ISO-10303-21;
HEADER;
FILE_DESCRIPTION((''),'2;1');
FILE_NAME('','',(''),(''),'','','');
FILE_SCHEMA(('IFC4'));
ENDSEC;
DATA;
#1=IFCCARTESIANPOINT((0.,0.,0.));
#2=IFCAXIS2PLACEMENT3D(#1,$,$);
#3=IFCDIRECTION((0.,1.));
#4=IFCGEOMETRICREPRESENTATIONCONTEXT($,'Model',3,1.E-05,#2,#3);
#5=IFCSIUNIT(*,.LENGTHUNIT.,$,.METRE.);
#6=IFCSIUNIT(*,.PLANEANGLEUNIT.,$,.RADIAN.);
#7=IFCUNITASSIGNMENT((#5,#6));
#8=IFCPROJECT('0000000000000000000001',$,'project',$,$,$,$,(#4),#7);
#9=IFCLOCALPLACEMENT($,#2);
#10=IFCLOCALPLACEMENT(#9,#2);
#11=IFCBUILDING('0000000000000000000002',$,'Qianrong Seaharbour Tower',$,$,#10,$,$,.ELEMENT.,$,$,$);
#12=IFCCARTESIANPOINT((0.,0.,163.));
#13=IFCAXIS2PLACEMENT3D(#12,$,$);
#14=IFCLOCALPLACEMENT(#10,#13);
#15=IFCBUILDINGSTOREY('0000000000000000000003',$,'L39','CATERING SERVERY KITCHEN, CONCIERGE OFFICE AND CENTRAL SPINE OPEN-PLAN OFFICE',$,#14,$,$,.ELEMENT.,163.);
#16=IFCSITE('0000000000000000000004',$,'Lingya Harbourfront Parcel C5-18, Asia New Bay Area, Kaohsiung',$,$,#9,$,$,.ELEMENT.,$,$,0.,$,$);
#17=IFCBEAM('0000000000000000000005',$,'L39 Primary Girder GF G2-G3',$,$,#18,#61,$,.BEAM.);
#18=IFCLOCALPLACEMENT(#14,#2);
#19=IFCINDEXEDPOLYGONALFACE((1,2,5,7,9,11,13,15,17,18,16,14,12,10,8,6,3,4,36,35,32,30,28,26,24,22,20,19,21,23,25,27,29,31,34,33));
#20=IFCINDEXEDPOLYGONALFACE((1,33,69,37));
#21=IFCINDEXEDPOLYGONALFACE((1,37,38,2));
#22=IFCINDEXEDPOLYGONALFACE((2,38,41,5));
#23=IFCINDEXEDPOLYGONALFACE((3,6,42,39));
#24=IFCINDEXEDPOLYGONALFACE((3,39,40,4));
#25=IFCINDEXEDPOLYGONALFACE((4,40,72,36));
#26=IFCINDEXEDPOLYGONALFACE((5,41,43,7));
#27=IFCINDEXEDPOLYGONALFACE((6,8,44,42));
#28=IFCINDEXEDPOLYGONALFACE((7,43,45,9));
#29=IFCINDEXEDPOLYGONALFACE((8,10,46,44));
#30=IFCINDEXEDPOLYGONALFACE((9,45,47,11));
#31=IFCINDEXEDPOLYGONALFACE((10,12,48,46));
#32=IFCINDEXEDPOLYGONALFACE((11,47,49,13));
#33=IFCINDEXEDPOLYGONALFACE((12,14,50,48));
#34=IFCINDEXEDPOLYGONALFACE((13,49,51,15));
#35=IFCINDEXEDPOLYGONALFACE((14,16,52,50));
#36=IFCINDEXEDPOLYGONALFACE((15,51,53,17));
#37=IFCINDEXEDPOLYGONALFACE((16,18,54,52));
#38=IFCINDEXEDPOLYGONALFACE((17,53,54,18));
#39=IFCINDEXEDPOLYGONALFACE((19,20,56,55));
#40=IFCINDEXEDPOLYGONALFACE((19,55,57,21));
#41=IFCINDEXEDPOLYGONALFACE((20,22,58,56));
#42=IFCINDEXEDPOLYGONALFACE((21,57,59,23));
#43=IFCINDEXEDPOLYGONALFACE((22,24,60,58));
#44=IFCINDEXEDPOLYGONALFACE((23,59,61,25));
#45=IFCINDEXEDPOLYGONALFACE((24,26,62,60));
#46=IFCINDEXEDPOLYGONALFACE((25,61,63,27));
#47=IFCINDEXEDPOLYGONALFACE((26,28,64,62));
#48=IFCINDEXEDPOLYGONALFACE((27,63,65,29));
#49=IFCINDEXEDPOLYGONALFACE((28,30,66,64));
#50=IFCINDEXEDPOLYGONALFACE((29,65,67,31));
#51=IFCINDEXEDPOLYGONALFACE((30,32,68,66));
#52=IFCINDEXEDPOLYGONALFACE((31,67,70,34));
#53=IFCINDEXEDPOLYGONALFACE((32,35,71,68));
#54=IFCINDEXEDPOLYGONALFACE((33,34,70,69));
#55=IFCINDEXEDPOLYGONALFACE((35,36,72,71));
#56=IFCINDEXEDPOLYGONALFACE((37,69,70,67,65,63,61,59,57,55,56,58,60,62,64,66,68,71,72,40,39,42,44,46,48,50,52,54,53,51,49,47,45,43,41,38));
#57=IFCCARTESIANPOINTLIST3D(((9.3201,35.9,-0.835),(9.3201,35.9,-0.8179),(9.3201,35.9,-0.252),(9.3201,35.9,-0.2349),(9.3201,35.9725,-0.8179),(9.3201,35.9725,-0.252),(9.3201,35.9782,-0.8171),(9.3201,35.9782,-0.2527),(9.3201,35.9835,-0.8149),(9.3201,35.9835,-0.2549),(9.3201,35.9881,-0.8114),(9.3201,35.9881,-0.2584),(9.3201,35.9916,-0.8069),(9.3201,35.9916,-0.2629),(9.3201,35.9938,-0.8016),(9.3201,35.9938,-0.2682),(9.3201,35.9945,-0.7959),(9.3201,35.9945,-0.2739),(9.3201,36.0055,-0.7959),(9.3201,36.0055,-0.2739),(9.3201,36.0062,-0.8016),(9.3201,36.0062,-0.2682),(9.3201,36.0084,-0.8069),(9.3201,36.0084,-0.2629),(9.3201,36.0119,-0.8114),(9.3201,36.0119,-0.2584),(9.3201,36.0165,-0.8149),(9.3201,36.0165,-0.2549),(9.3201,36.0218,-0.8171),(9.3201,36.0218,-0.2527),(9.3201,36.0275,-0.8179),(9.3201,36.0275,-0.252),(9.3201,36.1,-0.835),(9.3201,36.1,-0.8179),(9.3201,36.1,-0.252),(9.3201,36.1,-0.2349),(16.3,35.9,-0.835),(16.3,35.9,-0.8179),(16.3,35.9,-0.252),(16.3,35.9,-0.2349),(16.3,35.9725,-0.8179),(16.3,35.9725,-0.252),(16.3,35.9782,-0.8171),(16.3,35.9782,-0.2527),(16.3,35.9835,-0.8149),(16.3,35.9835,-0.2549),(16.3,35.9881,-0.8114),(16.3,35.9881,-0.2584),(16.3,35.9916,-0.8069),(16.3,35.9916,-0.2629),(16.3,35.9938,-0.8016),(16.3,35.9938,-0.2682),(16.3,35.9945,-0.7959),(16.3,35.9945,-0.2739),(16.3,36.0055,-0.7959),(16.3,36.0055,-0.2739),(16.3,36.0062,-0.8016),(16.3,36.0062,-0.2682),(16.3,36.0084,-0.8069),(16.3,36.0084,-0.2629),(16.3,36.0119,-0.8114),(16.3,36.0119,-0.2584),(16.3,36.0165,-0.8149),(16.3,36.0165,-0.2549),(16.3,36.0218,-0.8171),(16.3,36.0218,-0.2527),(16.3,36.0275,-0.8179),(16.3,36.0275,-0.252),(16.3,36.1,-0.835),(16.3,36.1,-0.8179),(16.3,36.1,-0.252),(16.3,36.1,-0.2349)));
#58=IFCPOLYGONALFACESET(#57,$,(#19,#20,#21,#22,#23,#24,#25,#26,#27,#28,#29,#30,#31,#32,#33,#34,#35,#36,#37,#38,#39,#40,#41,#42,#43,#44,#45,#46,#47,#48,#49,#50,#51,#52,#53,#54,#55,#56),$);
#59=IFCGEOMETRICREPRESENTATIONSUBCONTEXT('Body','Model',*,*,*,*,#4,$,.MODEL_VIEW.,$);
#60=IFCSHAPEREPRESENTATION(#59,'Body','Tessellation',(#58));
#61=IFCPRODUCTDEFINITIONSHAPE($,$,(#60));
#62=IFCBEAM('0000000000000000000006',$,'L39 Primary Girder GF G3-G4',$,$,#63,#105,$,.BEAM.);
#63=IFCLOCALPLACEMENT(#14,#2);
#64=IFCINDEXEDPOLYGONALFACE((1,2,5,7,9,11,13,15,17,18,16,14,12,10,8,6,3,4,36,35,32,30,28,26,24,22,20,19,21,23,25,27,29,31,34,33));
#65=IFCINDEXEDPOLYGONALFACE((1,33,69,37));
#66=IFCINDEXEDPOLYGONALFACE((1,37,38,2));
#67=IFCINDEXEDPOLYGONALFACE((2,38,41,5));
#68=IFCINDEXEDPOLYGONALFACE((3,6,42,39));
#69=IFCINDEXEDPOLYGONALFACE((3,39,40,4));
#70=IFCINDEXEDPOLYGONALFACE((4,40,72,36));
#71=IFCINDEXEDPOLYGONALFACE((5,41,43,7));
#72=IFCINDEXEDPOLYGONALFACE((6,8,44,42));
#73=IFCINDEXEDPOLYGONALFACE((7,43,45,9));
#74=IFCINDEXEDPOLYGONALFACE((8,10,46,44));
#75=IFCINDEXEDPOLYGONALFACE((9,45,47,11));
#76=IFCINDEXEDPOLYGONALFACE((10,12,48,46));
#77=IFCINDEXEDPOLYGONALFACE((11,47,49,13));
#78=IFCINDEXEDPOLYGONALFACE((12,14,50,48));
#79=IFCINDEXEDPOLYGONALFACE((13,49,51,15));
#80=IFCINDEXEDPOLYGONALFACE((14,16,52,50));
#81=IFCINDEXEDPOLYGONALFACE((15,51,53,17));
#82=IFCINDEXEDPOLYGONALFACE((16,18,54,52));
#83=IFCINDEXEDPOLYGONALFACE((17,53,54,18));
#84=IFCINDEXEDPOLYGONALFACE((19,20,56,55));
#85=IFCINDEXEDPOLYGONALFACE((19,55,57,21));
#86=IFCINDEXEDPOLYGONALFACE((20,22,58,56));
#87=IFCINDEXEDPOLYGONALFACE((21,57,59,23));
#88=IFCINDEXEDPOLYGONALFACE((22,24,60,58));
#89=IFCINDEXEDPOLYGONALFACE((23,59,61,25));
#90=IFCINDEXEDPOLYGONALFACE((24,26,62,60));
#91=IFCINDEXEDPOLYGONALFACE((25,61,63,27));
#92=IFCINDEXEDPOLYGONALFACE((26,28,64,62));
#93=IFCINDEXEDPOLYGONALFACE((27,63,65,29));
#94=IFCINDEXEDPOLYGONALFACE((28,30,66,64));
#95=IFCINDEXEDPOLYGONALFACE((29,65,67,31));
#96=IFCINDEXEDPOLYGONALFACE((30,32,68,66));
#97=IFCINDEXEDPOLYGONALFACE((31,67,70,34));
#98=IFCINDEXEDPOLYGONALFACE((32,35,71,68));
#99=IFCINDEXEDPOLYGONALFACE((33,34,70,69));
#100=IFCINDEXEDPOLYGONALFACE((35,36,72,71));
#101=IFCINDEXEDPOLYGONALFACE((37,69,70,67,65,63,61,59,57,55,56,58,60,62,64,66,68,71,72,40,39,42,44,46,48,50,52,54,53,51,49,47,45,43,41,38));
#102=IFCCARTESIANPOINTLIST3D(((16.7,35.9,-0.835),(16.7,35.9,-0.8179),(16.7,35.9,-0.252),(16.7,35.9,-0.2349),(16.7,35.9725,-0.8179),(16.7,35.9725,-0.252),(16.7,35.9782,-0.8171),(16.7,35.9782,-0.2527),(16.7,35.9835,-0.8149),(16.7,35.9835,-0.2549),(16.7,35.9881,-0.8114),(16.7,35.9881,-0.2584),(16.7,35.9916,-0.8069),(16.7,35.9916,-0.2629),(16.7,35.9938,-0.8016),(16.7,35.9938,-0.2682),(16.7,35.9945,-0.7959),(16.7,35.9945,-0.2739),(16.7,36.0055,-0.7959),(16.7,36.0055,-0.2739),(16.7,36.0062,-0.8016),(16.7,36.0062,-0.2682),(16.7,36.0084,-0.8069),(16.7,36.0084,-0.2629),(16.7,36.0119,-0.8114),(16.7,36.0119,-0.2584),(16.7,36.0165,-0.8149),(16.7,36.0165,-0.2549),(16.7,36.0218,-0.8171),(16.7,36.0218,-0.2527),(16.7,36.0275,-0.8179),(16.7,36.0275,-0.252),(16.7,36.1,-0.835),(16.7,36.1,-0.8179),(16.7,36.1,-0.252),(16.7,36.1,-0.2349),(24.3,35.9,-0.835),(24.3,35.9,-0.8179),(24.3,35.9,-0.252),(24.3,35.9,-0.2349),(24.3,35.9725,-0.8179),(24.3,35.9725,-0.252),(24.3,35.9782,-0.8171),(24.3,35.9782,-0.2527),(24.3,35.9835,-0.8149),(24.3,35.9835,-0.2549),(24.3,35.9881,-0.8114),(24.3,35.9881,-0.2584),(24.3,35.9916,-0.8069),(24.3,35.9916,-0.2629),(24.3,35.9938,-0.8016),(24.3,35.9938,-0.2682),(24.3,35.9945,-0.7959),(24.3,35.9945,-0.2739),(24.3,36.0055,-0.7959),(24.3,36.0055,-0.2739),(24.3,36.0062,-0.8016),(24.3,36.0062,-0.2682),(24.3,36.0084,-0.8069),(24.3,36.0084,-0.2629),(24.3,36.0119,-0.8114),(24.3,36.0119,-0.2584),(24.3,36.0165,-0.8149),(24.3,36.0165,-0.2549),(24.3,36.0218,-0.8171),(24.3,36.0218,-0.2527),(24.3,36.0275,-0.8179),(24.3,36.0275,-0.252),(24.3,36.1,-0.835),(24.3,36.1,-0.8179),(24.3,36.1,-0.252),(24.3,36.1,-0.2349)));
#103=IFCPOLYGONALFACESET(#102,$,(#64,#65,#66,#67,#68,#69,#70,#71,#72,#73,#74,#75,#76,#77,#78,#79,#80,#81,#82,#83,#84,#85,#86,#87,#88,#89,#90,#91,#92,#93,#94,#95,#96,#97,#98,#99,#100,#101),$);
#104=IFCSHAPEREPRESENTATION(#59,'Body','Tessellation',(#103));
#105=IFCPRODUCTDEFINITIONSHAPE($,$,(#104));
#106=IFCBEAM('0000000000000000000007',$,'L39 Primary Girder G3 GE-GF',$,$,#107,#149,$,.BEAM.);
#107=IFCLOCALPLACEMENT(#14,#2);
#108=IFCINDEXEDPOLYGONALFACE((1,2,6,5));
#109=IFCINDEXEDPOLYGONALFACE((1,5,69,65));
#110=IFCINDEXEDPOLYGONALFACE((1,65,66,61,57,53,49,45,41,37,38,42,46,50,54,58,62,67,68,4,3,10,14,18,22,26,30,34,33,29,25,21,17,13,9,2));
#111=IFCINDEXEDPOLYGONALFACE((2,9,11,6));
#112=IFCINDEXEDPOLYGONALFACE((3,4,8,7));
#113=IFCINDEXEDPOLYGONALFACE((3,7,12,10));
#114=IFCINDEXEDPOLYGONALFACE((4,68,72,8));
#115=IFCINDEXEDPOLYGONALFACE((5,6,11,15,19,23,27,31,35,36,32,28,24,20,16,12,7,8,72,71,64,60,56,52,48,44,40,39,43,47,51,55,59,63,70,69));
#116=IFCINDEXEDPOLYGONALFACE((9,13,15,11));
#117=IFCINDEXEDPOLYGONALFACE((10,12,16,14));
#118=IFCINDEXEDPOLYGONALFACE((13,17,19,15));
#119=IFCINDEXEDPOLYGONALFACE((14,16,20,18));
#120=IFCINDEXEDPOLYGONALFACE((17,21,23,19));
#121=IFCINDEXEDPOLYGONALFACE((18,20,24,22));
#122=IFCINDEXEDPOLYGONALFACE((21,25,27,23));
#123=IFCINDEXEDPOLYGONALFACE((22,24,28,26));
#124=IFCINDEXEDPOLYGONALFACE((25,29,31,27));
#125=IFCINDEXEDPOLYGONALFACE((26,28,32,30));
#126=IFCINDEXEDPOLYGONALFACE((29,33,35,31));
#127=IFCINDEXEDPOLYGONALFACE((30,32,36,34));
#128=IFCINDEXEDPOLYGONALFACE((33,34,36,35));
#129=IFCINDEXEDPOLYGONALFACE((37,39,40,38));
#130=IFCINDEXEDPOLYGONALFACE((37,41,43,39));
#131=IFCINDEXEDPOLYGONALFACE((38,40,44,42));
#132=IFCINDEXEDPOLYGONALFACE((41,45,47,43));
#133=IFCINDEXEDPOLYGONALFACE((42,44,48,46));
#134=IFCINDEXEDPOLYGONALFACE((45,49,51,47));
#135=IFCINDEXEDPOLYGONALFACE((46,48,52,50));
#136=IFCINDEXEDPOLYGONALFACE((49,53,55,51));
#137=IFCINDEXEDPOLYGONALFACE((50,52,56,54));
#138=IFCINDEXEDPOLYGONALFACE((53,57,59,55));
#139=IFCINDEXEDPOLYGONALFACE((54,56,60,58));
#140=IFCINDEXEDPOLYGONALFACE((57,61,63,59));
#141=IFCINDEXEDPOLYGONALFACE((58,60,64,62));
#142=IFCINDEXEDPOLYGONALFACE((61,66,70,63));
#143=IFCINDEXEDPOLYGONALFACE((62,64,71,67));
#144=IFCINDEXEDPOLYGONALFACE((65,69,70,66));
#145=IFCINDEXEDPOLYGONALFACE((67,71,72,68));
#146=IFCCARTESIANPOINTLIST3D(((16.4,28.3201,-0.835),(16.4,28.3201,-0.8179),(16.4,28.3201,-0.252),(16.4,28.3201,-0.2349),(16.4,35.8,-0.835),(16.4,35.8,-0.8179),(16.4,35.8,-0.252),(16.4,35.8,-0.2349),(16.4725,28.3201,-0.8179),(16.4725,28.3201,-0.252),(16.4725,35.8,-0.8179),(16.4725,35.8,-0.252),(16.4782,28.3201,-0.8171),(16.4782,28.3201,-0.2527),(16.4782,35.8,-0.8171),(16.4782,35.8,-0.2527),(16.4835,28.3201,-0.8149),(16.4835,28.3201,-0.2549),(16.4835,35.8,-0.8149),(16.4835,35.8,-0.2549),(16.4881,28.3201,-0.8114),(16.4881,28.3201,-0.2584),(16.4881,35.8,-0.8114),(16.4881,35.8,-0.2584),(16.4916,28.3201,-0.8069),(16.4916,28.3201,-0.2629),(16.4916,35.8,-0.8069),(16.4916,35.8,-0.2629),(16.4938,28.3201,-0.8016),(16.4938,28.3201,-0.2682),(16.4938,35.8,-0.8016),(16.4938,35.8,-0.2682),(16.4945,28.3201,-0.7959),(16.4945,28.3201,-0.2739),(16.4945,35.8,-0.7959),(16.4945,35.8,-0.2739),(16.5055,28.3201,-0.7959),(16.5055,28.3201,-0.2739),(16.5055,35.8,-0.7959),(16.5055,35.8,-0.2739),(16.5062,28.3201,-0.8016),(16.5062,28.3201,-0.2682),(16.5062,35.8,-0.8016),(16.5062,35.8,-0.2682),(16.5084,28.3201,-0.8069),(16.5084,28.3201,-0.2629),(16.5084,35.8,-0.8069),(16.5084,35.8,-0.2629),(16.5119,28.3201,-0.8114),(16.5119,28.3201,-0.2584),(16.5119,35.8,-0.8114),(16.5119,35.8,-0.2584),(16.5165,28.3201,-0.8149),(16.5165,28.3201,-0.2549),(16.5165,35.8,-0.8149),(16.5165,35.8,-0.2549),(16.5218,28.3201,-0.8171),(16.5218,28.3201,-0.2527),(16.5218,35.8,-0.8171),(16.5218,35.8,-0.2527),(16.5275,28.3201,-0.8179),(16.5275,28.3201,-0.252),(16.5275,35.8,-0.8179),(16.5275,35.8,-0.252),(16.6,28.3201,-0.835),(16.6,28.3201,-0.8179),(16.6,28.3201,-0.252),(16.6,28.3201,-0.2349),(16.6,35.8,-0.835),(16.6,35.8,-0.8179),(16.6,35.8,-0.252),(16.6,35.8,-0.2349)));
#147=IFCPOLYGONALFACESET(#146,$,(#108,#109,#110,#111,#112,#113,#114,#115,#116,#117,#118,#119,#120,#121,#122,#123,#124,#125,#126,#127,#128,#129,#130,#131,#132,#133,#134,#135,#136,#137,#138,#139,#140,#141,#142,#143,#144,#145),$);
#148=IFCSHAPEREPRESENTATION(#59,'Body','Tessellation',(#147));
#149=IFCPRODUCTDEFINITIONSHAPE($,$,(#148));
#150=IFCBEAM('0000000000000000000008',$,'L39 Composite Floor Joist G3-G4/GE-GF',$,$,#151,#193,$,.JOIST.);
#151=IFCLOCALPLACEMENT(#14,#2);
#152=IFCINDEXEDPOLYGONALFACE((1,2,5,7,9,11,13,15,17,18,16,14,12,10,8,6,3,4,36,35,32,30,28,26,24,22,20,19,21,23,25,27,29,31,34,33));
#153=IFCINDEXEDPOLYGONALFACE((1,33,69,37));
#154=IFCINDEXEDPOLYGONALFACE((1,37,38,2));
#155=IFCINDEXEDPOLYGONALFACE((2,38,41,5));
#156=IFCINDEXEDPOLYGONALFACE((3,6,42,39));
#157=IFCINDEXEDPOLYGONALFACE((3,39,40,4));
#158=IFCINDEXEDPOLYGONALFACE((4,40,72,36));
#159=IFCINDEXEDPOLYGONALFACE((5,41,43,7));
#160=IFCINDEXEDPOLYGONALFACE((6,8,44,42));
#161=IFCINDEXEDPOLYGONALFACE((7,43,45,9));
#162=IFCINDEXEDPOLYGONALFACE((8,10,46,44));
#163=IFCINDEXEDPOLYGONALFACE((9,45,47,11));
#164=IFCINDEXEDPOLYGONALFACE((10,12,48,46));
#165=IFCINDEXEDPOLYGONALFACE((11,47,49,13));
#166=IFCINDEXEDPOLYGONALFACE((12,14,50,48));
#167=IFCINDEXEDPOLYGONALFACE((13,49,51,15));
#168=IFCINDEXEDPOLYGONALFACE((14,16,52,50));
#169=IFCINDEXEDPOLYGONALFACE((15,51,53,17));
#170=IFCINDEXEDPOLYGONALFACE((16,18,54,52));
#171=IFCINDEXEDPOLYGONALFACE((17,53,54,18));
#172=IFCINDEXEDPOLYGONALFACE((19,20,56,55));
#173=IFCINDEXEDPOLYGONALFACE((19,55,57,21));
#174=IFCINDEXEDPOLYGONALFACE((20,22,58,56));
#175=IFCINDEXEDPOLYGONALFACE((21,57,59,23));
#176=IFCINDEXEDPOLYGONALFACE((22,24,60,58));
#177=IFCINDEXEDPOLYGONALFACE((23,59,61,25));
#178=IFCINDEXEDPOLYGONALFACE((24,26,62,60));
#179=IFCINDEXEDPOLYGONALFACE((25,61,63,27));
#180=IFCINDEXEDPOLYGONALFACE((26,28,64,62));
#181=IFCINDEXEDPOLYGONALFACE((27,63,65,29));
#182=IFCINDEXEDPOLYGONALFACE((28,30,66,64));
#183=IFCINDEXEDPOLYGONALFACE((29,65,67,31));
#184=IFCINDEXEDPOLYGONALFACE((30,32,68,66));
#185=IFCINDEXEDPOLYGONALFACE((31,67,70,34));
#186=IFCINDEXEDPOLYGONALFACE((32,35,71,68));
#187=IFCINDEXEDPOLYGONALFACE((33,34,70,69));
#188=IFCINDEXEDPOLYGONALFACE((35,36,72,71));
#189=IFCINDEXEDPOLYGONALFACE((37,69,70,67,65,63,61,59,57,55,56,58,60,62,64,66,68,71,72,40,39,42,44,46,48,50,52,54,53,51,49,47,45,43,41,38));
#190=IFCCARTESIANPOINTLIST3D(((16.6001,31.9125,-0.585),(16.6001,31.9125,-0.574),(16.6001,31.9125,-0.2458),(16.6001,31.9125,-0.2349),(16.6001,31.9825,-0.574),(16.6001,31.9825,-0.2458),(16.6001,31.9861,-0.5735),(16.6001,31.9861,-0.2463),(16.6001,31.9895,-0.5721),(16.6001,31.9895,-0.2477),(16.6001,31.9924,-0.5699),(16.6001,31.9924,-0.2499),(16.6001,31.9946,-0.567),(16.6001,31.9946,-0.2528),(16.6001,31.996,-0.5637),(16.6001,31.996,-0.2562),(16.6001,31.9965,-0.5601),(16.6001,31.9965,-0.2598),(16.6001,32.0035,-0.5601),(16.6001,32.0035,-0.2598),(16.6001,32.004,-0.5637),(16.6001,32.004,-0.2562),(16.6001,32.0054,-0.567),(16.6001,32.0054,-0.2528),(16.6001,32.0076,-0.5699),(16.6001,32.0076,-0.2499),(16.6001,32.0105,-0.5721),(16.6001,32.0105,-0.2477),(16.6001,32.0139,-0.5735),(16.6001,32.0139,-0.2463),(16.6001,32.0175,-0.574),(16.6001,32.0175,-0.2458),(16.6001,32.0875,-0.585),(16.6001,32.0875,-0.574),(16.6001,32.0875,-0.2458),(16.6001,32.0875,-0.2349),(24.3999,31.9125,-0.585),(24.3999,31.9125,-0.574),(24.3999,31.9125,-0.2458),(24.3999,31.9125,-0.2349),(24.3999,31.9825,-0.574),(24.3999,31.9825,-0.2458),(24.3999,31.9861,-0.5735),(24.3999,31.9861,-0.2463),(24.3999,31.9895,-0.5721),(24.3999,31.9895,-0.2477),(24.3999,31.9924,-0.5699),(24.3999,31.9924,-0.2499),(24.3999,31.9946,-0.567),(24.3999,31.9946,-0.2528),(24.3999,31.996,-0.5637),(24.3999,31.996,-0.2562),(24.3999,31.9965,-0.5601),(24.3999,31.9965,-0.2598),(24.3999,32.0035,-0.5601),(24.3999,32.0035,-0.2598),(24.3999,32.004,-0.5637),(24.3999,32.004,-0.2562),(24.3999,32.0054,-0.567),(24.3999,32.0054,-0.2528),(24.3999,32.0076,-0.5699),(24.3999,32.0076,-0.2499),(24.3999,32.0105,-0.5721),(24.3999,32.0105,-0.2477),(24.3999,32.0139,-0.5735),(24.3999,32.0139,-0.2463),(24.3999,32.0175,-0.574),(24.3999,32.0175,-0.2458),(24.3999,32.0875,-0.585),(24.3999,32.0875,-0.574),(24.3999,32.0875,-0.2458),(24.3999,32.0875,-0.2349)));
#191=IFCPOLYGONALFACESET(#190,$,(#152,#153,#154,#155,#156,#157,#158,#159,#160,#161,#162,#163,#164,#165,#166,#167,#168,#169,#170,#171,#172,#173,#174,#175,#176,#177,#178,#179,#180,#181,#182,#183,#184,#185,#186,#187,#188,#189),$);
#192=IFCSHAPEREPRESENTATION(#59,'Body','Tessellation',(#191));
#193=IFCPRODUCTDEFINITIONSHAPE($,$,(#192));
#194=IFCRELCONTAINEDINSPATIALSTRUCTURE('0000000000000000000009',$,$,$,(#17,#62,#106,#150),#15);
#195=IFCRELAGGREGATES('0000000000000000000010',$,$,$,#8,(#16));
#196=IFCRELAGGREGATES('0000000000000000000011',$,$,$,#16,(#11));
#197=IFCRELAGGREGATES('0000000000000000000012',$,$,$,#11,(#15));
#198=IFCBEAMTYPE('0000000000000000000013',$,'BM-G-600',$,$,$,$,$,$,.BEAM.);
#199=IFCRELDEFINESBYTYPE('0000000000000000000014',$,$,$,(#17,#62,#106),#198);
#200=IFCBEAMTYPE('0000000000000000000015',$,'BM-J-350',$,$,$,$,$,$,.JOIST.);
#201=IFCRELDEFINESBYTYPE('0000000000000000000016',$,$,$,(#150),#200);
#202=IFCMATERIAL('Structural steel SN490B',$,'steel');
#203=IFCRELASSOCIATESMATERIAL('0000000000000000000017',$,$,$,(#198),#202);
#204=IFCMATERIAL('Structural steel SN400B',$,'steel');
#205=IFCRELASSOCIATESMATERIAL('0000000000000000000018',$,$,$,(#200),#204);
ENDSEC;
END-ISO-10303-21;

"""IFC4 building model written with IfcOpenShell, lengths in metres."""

from ifc_helpers import new_model, si_unit, direction, frame, origin, origin_2d, place, context, subcontext, project, spatial, i_section, extrude, material, material_profile, profile_set, type_object, element, save


model = new_model("IFC4")

# Units and contexts
model_context = context("Model", 3, precision=1e-05, world=origin(), true_north=direction((0.0, 1.0)))
body_context = subcontext(model_context, "Body", "Model", "MODEL_VIEW")
ifc_project = project(units=[si_unit("LENGTHUNIT", "METRE"), si_unit("PLANEANGLEUNIT", "RADIAN")], contexts=[model_context])

# Site, building, storey
site_placement = place(None, origin())
site = spatial("IfcSite", under=ifc_project, at=site_placement, Name="Lingya Harbourfront Parcel C5-18, Asia New Bay Area, Kaohsiung", CompositionType="ELEMENT", RefElevation=0.0)
building_placement = place(site_placement, origin())
building = spatial("IfcBuilding", under=site, at=building_placement, Name="Qianrong Seaharbour Tower", CompositionType="ELEMENT")
storey_placement = place(building_placement, frame((0.0, 0.0, 163.0)))
storey = spatial("IfcBuildingStorey", under=building, at=storey_placement, Name="L39", Description="CATERING SERVERY KITCHEN, CONCIERGE OFFICE AND CENTRAL SPINE OPEN-PLAN OFFICE", CompositionType="ELEMENT", Elevation=163.0)

# Shared definitions
ifc_material_1 = material(Name="Structural steel SN490B", Category="steel")

# Beams
ifc_material_profile_1 = material_profile(ifc_material_1, i_section(OverallWidth=0.2, OverallDepth=0.6001, WebThickness=0.011, FlangeThickness=0.0171, FilletRadius=0.022, at=origin_2d()), Name="H600x200x11x17")
ifc_profile_set_1 = profile_set([ifc_material_profile_1], Name="Structural steel SN490B")
beam_type_1 = type_object("IfcBeamType", Name="BM-G-600", PredefinedType="BEAM", material=ifc_profile_set_1)
beam_1_placement = place(storey_placement, frame((9.3201, 36.0, -0.5349), z_axis=(1.0, 0.0, 0.0), x_axis=(0.0, 1.0, 0.0)))
element("IfcBeam", 1, at=beam_1_placement, inside=storey, type_object=beam_type_1, Name="L39 Primary Girder GF G2-G3", PredefinedType="BEAM", context=body_context, shape_type="SweptSolid", body=[
    extrude(i_section(OverallWidth=0.2, OverallDepth=0.6001, WebThickness=0.011, FlangeThickness=0.0171, FilletRadius=0.022, at=origin_2d()), origin(), (0.0, 0.0, 1.0), 6.98),
])
beam_2_placement = place(storey_placement, frame((16.7, 36.0, -0.5349), z_axis=(1.0, 0.0, 0.0), x_axis=(0.0, 1.0, 0.0)))
element("IfcBeam", 2, at=beam_2_placement, inside=storey, type_object=beam_type_1, Name="L39 Primary Girder GF G3-G4", PredefinedType="BEAM", context=body_context, shape_type="SweptSolid", body=[
    extrude(i_section(OverallWidth=0.2, OverallDepth=0.6001, WebThickness=0.011, FlangeThickness=0.0171, FilletRadius=0.022, at=origin_2d()), origin(), (0.0, 0.0, 1.0), 7.6001),
])
beam_3_placement = place(storey_placement, frame((16.5, 28.3201, -0.5349), z_axis=(0.0, 1.0, 0.0), x_axis=(-1.0, 0.0, 0.0)))
element("IfcBeam", 3, at=beam_3_placement, inside=storey, type_object=beam_type_1, Name="L39 Primary Girder G3 GE-GF", PredefinedType="BEAM", context=body_context, shape_type="SweptSolid", body=[
    extrude(i_section(OverallWidth=0.2, OverallDepth=0.6001, WebThickness=0.011, FlangeThickness=0.0171, FilletRadius=0.022, at=origin_2d()), origin(), (0.0, 0.0, 1.0), 7.48),
])
ifc_material_2 = material(Name="Structural steel SN400B", Category="steel")
ifc_material_profile_2 = material_profile(ifc_material_2, i_section(OverallWidth=0.175, OverallDepth=0.3501, WebThickness=0.0071, FlangeThickness=0.011, FilletRadius=0.0139, at=origin_2d()), Name="H350x175x7x11")
ifc_profile_set_2 = profile_set([ifc_material_profile_2], Name="Structural steel SN400B")
beam_type_2 = type_object("IfcBeamType", Name="BM-J-350", PredefinedType="JOIST", material=ifc_profile_set_2)
beam_4_placement = place(storey_placement, frame((16.6001, 32.0, -0.4099), z_axis=(1.0, 0.0, 0.0), x_axis=(0.0, 1.0, 0.0)))
element("IfcBeam", 4, at=beam_4_placement, inside=storey, type_object=beam_type_2, Name="L39 Composite Floor Joist G3-G4/GE-GF", PredefinedType="JOIST", context=body_context, shape_type="SweptSolid", body=[
    extrude(i_section(OverallWidth=0.175, OverallDepth=0.3501, WebThickness=0.0071, FlangeThickness=0.011, FilletRadius=0.0139, at=origin_2d()), origin(), (0.0, 0.0, 1.0), 7.7998),
])

save(model, "model.ifc")
